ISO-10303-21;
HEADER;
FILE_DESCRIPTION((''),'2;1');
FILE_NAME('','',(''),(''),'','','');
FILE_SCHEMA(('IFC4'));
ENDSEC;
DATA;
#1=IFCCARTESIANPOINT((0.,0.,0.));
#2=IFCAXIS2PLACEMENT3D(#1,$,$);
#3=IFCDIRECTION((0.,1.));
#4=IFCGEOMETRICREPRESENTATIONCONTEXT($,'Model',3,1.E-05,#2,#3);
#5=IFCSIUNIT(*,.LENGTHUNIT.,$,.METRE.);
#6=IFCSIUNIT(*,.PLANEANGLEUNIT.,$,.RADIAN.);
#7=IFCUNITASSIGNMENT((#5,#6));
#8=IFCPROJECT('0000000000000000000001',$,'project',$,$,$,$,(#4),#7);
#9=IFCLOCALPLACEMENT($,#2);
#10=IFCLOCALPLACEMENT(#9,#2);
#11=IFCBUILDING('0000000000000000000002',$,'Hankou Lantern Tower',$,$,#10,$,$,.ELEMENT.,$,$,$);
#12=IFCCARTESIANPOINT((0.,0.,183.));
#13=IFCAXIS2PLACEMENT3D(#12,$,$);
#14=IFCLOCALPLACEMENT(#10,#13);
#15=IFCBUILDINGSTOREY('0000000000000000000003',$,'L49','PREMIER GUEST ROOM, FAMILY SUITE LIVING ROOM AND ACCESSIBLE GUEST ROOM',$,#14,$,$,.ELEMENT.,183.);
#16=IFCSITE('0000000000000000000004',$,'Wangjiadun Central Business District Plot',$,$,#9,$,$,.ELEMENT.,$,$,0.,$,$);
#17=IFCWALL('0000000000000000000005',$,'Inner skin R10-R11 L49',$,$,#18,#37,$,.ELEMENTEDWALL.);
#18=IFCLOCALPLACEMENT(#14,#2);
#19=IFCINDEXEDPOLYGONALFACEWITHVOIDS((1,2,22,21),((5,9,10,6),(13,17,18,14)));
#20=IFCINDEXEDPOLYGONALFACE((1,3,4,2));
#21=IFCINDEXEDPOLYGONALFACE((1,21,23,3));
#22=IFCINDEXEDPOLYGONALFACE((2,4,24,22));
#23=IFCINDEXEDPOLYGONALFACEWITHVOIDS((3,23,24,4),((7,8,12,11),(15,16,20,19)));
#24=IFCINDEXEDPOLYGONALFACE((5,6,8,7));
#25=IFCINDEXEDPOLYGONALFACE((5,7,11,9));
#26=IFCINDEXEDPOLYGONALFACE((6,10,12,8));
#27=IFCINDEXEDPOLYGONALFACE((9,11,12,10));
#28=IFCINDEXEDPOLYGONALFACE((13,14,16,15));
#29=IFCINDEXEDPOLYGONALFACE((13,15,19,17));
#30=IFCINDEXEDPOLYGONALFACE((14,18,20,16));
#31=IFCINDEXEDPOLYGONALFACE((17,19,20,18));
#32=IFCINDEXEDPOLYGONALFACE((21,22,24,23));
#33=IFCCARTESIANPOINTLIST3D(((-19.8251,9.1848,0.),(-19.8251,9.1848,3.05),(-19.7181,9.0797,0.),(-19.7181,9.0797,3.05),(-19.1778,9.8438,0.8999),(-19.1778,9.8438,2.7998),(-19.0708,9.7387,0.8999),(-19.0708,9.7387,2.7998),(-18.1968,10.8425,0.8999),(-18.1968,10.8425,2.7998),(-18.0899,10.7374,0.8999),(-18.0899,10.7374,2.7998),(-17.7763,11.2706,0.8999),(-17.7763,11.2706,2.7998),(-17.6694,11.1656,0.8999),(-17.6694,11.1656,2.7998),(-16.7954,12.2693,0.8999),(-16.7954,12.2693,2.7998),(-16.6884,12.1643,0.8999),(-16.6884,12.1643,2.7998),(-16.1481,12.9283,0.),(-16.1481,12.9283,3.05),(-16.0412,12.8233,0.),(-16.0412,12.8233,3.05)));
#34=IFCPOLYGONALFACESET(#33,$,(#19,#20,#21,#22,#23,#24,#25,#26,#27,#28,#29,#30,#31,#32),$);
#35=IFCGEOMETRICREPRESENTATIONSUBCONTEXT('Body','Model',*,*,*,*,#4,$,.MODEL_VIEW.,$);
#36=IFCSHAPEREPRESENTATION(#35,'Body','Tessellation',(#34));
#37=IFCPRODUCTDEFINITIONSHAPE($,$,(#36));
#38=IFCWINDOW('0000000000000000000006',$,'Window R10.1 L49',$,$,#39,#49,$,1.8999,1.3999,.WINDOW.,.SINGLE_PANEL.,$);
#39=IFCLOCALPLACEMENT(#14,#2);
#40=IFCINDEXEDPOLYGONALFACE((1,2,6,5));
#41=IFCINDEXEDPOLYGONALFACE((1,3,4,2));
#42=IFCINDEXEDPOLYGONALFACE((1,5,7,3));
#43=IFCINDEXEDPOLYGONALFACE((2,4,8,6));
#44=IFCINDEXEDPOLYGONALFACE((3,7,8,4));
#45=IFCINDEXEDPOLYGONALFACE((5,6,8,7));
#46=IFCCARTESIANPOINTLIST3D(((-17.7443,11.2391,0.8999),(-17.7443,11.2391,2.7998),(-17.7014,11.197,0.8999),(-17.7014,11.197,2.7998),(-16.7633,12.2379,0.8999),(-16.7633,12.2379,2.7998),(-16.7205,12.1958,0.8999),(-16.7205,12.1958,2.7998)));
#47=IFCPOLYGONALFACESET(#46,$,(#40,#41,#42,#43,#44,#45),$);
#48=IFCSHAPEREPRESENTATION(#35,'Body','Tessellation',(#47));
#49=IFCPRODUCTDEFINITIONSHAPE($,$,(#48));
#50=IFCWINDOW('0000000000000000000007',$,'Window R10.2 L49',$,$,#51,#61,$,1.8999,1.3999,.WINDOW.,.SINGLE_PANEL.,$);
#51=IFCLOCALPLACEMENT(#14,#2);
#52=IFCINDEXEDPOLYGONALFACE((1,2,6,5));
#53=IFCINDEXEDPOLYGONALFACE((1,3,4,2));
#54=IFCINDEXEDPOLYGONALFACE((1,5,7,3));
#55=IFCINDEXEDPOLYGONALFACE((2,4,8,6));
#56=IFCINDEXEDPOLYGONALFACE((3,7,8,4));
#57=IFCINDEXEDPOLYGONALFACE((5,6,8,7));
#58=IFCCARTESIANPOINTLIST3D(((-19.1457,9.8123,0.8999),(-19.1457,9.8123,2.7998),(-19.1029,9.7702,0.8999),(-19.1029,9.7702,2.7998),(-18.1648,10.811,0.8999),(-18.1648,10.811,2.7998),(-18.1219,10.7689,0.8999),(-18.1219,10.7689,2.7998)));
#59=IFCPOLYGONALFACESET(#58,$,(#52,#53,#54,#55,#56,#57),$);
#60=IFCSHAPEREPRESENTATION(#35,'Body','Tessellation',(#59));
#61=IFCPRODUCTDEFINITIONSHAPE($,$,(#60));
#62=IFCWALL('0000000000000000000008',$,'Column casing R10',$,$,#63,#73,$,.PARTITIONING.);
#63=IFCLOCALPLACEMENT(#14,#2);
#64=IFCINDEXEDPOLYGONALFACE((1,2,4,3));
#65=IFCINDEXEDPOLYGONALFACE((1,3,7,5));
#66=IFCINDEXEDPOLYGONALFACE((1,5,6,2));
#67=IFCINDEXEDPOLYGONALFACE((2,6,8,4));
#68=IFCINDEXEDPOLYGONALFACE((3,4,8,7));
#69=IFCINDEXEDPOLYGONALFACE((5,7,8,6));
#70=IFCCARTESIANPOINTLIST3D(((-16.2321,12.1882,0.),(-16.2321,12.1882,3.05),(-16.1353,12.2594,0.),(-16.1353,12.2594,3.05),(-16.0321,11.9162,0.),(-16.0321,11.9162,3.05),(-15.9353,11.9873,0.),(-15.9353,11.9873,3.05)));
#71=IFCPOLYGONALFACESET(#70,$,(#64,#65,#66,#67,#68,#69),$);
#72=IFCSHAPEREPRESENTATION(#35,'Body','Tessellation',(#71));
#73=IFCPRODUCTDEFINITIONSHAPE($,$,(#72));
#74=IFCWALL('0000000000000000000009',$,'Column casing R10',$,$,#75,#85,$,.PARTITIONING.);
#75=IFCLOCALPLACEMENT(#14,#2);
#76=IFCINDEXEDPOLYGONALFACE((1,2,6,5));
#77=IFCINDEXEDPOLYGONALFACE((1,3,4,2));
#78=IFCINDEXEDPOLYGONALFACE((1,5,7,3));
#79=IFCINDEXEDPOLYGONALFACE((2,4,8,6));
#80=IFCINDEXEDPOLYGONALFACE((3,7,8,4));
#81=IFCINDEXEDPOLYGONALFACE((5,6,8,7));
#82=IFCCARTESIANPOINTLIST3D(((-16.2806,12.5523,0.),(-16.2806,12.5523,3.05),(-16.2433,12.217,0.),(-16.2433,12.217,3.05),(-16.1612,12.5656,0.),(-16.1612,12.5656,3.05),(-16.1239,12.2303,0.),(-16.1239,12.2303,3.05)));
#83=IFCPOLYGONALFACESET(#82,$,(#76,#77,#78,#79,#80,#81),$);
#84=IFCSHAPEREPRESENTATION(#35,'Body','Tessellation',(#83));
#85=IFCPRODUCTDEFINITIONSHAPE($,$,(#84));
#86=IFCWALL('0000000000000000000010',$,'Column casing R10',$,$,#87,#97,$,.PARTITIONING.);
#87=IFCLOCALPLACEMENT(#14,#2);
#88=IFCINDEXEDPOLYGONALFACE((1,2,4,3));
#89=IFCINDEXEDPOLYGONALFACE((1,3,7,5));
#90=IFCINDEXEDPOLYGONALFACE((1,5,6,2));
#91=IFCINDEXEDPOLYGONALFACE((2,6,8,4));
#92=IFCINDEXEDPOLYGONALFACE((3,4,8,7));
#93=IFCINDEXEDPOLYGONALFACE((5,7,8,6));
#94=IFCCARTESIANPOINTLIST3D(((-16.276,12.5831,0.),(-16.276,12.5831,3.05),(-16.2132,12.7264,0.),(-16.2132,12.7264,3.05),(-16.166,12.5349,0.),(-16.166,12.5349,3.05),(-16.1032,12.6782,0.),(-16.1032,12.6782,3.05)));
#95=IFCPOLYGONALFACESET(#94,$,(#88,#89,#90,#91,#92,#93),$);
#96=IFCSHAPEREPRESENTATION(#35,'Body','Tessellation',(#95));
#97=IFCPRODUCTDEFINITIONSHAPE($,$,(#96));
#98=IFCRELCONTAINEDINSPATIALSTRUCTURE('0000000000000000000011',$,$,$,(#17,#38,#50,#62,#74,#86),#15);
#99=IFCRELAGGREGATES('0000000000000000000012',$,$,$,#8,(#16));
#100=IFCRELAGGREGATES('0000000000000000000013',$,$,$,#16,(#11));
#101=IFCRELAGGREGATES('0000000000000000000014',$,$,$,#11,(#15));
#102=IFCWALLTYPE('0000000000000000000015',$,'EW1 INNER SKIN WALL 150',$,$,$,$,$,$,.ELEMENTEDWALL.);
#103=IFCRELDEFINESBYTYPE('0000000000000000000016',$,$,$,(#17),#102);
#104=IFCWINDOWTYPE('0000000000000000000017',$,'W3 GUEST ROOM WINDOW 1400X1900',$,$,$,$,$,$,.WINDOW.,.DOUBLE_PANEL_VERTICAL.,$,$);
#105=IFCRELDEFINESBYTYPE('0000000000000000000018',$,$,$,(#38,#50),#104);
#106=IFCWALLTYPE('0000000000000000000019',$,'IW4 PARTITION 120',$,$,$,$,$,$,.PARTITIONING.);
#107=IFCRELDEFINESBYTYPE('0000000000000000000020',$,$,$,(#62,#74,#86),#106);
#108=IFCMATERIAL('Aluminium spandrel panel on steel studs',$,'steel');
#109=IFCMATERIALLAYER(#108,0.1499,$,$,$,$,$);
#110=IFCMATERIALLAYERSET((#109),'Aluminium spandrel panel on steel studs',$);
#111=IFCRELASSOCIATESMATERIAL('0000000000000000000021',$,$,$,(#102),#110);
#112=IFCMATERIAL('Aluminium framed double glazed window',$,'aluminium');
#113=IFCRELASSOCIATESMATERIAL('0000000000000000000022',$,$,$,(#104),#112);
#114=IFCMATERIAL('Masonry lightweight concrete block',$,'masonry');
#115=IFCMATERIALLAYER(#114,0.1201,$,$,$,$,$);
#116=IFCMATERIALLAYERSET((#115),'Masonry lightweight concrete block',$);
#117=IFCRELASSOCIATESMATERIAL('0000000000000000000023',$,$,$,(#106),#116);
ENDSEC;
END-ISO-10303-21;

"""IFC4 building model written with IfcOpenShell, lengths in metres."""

from ifc_helpers import new_model, si_unit, direction, frame, frame_2d, origin, place, context, subcontext, project, spatial, rectangle, extrude, material, layer, layer_set, type_object, element, fill, save


model = new_model("IFC4")

# Units and contexts
model_context = context("Model", 3, precision=1e-05, world=origin(), true_north=direction((0.0, 1.0)))
body_context = subcontext(model_context, "Body", "Model", "MODEL_VIEW")
ifc_project = project(units=[si_unit("LENGTHUNIT", "METRE"), si_unit("PLANEANGLEUNIT", "RADIAN")], contexts=[model_context])

# Site, building, storey
site_placement = place(None, origin())
site = spatial("IfcSite", under=ifc_project, at=site_placement, Name="Wangjiadun Central Business District Plot", CompositionType="ELEMENT", RefElevation=0.0)
building_placement = place(site_placement, origin())
building = spatial("IfcBuilding", under=site, at=building_placement, Name="Hankou Lantern Tower", CompositionType="ELEMENT")
storey_placement = place(building_placement, frame((0.0, 0.0, 183.0)))
storey = spatial("IfcBuildingStorey", under=building, at=storey_placement, Name="L49", Description="PREMIER GUEST ROOM, FAMILY SUITE LIVING ROOM AND ACCESSIBLE GUEST ROOM", CompositionType="ELEMENT", Elevation=183.0)

# Wall, openings, windows
ifc_material_1 = material(Name="Aluminium spandrel panel on steel studs", Category="steel")
ifc_layer_1 = layer(ifc_material_1, 0.1499)
ifc_layer_set_1 = layer_set([ifc_layer_1], Name="Aluminium spandrel panel on steel studs")
wall_type_1 = type_object("IfcWallType", Name="EW1 INNER SKIN WALL 150", PredefinedType="ELEMENTEDWALL", material=ifc_layer_set_1)
wall_1_placement = place(storey_placement, frame((-16.0947, 12.8757, 0.0), z_axis=(0.0, 0.0, 1.0), x_axis=(-0.700727, -0.713429, 0.0)))
wall_1 = element("IfcWall", 1, at=wall_1_placement, inside=storey, type_object=wall_type_1, Name="Inner skin R10-R11 L49", PredefinedType="ELEMENTEDWALL", context=body_context, shape_type="SweptSolid", body=[
    extrude(rectangle(XDim=5.2473, YDim=0.1499, at=frame_2d((2.6235, 0.0))), origin(), (0.0, 0.0, 1.0), 3.05),
])
opening_1_placement = place(wall_1_placement, frame((0.9236, 0.0, 0.8999)))
opening_1 = element("IfcOpeningElement", 2, at=opening_1_placement, cuts=wall_1, PredefinedType="OPENING", context=body_context, shape_type="SweptSolid", body=[
    extrude(rectangle(XDim=1.3999, YDim=1.8999, at=frame_2d((0.7, 0.95))), frame((0.0, 0.085, 0.0), z_axis=(0.0, -1.0, 0.0), x_axis=(1.0, 0.0, 0.0)), (0.0, 0.0, 1.0), 0.1699),
])
opening_2_placement = place(wall_1_placement, frame((2.9236, 0.0, 0.8999)))
opening_2 = element("IfcOpeningElement", 3, at=opening_2_placement, cuts=wall_1, PredefinedType="OPENING", context=body_context, shape_type="SweptSolid", body=[
    extrude(rectangle(XDim=1.3999, YDim=1.8999, at=frame_2d((0.7, 0.95))), frame((0.0, 0.085, 0.0), z_axis=(0.0, -1.0, 0.0), x_axis=(1.0, 0.0, 0.0)), (0.0, 0.0, 1.0), 0.1699),
])
ifc_material_2 = material(Name="Aluminium framed double glazed window", Category="aluminium")
window_type = type_object("IfcWindowType", Name="W3 GUEST ROOM WINDOW 1400X1900", PartitioningType="DOUBLE_PANEL_VERTICAL", PredefinedType="WINDOW", material=ifc_material_2)
window_1_placement = place(opening_1_placement, origin())
window_1 = element("IfcWindow", 4, at=window_1_placement, inside=storey, type_object=window_type, Name="Window R10.1 L49", OverallHeight=1.8999, OverallWidth=1.3999, PartitioningType="SINGLE_PANEL", PredefinedType="WINDOW", context=body_context, shape_type="SweptSolid", body=[
    extrude(rectangle(XDim=1.3999, YDim=1.8999, at=frame_2d((0.7, 0.95))), frame((0.0, 0.03, 0.0), z_axis=(0.0, -1.0, 0.0), x_axis=(1.0, 0.0, 0.0)), (0.0, 0.0, 1.0), 0.0601),
])
fill(opening_1, window_1)
window_2_placement = place(opening_2_placement, origin())
window_2 = element("IfcWindow", 5, at=window_2_placement, inside=storey, type_object=window_type, Name="Window R10.2 L49", OverallHeight=1.8999, OverallWidth=1.3999, PartitioningType="SINGLE_PANEL", PredefinedType="WINDOW", context=body_context, shape_type="SweptSolid", body=[
    extrude(rectangle(XDim=1.3999, YDim=1.8999, at=frame_2d((0.7, 0.95))), frame((0.0, 0.03, 0.0), z_axis=(0.0, -1.0, 0.0), x_axis=(1.0, 0.0, 0.0)), (0.0, 0.0, 1.0), 0.0601),
])
fill(opening_2, window_2)

# Walls
ifc_material_3 = material(Name="Masonry lightweight concrete block", Category="masonry")
ifc_layer_2 = layer(ifc_material_3, 0.1201)
ifc_layer_set_2 = layer_set([ifc_layer_2], Name="Masonry lightweight concrete block")
wall_type_2 = type_object("IfcWallType", Name="IW4 PARTITION 120", PredefinedType="PARTITIONING", material=ifc_layer_set_2)
wall_2_placement = place(storey_placement, frame((-15.9836, 11.9517, 0.0), z_axis=(0.0, 0.0, 1.0), x_axis=(-0.592335, 0.805692, 0.0)))
element("IfcWall", 6, at=wall_2_placement, inside=storey, type_object=wall_type_2, Name="Column casing R10", PredefinedType="PARTITIONING", context=body_context, shape_type="SweptSolid", body=[
    extrude(rectangle(XDim=0.3376, YDim=0.1201, at=frame_2d((0.1689, 0.0))), origin(), (0.0, 0.0, 1.0), 3.05),
])
wall_3_placement = place(storey_placement, frame((-16.1836, 12.2236, 0.0), z_axis=(0.0, 0.0, 1.0), x_axis=(-0.11067, 0.993857, 0.0)))
element("IfcWall", 7, at=wall_3_placement, inside=storey, type_object=wall_type_2, Name="Column casing R10", PredefinedType="PARTITIONING", context=body_context, shape_type="SweptSolid", body=[
    extrude(rectangle(XDim=0.3374, YDim=0.1201, at=frame_2d((0.1687, 0.0))), origin(), (0.0, 0.0, 1.0), 3.05),
])
wall_4_placement = place(storey_placement, frame((-16.2209, 12.5591, 0.0), z_axis=(0.0, 0.0, 1.0), x_axis=(0.401064, 0.91605, 0.0)))
element("IfcWall", 8, at=wall_4_placement, inside=storey, type_object=wall_type_2, Name="Column casing R10", PredefinedType="PARTITIONING", context=body_context, shape_type="SweptSolid", body=[
    extrude(rectangle(XDim=0.1565, YDim=0.1201, at=frame_2d((0.0781, 0.0))), origin(), (0.0, 0.0, 1.0), 3.05),
])

save(model, "model.ifc")
